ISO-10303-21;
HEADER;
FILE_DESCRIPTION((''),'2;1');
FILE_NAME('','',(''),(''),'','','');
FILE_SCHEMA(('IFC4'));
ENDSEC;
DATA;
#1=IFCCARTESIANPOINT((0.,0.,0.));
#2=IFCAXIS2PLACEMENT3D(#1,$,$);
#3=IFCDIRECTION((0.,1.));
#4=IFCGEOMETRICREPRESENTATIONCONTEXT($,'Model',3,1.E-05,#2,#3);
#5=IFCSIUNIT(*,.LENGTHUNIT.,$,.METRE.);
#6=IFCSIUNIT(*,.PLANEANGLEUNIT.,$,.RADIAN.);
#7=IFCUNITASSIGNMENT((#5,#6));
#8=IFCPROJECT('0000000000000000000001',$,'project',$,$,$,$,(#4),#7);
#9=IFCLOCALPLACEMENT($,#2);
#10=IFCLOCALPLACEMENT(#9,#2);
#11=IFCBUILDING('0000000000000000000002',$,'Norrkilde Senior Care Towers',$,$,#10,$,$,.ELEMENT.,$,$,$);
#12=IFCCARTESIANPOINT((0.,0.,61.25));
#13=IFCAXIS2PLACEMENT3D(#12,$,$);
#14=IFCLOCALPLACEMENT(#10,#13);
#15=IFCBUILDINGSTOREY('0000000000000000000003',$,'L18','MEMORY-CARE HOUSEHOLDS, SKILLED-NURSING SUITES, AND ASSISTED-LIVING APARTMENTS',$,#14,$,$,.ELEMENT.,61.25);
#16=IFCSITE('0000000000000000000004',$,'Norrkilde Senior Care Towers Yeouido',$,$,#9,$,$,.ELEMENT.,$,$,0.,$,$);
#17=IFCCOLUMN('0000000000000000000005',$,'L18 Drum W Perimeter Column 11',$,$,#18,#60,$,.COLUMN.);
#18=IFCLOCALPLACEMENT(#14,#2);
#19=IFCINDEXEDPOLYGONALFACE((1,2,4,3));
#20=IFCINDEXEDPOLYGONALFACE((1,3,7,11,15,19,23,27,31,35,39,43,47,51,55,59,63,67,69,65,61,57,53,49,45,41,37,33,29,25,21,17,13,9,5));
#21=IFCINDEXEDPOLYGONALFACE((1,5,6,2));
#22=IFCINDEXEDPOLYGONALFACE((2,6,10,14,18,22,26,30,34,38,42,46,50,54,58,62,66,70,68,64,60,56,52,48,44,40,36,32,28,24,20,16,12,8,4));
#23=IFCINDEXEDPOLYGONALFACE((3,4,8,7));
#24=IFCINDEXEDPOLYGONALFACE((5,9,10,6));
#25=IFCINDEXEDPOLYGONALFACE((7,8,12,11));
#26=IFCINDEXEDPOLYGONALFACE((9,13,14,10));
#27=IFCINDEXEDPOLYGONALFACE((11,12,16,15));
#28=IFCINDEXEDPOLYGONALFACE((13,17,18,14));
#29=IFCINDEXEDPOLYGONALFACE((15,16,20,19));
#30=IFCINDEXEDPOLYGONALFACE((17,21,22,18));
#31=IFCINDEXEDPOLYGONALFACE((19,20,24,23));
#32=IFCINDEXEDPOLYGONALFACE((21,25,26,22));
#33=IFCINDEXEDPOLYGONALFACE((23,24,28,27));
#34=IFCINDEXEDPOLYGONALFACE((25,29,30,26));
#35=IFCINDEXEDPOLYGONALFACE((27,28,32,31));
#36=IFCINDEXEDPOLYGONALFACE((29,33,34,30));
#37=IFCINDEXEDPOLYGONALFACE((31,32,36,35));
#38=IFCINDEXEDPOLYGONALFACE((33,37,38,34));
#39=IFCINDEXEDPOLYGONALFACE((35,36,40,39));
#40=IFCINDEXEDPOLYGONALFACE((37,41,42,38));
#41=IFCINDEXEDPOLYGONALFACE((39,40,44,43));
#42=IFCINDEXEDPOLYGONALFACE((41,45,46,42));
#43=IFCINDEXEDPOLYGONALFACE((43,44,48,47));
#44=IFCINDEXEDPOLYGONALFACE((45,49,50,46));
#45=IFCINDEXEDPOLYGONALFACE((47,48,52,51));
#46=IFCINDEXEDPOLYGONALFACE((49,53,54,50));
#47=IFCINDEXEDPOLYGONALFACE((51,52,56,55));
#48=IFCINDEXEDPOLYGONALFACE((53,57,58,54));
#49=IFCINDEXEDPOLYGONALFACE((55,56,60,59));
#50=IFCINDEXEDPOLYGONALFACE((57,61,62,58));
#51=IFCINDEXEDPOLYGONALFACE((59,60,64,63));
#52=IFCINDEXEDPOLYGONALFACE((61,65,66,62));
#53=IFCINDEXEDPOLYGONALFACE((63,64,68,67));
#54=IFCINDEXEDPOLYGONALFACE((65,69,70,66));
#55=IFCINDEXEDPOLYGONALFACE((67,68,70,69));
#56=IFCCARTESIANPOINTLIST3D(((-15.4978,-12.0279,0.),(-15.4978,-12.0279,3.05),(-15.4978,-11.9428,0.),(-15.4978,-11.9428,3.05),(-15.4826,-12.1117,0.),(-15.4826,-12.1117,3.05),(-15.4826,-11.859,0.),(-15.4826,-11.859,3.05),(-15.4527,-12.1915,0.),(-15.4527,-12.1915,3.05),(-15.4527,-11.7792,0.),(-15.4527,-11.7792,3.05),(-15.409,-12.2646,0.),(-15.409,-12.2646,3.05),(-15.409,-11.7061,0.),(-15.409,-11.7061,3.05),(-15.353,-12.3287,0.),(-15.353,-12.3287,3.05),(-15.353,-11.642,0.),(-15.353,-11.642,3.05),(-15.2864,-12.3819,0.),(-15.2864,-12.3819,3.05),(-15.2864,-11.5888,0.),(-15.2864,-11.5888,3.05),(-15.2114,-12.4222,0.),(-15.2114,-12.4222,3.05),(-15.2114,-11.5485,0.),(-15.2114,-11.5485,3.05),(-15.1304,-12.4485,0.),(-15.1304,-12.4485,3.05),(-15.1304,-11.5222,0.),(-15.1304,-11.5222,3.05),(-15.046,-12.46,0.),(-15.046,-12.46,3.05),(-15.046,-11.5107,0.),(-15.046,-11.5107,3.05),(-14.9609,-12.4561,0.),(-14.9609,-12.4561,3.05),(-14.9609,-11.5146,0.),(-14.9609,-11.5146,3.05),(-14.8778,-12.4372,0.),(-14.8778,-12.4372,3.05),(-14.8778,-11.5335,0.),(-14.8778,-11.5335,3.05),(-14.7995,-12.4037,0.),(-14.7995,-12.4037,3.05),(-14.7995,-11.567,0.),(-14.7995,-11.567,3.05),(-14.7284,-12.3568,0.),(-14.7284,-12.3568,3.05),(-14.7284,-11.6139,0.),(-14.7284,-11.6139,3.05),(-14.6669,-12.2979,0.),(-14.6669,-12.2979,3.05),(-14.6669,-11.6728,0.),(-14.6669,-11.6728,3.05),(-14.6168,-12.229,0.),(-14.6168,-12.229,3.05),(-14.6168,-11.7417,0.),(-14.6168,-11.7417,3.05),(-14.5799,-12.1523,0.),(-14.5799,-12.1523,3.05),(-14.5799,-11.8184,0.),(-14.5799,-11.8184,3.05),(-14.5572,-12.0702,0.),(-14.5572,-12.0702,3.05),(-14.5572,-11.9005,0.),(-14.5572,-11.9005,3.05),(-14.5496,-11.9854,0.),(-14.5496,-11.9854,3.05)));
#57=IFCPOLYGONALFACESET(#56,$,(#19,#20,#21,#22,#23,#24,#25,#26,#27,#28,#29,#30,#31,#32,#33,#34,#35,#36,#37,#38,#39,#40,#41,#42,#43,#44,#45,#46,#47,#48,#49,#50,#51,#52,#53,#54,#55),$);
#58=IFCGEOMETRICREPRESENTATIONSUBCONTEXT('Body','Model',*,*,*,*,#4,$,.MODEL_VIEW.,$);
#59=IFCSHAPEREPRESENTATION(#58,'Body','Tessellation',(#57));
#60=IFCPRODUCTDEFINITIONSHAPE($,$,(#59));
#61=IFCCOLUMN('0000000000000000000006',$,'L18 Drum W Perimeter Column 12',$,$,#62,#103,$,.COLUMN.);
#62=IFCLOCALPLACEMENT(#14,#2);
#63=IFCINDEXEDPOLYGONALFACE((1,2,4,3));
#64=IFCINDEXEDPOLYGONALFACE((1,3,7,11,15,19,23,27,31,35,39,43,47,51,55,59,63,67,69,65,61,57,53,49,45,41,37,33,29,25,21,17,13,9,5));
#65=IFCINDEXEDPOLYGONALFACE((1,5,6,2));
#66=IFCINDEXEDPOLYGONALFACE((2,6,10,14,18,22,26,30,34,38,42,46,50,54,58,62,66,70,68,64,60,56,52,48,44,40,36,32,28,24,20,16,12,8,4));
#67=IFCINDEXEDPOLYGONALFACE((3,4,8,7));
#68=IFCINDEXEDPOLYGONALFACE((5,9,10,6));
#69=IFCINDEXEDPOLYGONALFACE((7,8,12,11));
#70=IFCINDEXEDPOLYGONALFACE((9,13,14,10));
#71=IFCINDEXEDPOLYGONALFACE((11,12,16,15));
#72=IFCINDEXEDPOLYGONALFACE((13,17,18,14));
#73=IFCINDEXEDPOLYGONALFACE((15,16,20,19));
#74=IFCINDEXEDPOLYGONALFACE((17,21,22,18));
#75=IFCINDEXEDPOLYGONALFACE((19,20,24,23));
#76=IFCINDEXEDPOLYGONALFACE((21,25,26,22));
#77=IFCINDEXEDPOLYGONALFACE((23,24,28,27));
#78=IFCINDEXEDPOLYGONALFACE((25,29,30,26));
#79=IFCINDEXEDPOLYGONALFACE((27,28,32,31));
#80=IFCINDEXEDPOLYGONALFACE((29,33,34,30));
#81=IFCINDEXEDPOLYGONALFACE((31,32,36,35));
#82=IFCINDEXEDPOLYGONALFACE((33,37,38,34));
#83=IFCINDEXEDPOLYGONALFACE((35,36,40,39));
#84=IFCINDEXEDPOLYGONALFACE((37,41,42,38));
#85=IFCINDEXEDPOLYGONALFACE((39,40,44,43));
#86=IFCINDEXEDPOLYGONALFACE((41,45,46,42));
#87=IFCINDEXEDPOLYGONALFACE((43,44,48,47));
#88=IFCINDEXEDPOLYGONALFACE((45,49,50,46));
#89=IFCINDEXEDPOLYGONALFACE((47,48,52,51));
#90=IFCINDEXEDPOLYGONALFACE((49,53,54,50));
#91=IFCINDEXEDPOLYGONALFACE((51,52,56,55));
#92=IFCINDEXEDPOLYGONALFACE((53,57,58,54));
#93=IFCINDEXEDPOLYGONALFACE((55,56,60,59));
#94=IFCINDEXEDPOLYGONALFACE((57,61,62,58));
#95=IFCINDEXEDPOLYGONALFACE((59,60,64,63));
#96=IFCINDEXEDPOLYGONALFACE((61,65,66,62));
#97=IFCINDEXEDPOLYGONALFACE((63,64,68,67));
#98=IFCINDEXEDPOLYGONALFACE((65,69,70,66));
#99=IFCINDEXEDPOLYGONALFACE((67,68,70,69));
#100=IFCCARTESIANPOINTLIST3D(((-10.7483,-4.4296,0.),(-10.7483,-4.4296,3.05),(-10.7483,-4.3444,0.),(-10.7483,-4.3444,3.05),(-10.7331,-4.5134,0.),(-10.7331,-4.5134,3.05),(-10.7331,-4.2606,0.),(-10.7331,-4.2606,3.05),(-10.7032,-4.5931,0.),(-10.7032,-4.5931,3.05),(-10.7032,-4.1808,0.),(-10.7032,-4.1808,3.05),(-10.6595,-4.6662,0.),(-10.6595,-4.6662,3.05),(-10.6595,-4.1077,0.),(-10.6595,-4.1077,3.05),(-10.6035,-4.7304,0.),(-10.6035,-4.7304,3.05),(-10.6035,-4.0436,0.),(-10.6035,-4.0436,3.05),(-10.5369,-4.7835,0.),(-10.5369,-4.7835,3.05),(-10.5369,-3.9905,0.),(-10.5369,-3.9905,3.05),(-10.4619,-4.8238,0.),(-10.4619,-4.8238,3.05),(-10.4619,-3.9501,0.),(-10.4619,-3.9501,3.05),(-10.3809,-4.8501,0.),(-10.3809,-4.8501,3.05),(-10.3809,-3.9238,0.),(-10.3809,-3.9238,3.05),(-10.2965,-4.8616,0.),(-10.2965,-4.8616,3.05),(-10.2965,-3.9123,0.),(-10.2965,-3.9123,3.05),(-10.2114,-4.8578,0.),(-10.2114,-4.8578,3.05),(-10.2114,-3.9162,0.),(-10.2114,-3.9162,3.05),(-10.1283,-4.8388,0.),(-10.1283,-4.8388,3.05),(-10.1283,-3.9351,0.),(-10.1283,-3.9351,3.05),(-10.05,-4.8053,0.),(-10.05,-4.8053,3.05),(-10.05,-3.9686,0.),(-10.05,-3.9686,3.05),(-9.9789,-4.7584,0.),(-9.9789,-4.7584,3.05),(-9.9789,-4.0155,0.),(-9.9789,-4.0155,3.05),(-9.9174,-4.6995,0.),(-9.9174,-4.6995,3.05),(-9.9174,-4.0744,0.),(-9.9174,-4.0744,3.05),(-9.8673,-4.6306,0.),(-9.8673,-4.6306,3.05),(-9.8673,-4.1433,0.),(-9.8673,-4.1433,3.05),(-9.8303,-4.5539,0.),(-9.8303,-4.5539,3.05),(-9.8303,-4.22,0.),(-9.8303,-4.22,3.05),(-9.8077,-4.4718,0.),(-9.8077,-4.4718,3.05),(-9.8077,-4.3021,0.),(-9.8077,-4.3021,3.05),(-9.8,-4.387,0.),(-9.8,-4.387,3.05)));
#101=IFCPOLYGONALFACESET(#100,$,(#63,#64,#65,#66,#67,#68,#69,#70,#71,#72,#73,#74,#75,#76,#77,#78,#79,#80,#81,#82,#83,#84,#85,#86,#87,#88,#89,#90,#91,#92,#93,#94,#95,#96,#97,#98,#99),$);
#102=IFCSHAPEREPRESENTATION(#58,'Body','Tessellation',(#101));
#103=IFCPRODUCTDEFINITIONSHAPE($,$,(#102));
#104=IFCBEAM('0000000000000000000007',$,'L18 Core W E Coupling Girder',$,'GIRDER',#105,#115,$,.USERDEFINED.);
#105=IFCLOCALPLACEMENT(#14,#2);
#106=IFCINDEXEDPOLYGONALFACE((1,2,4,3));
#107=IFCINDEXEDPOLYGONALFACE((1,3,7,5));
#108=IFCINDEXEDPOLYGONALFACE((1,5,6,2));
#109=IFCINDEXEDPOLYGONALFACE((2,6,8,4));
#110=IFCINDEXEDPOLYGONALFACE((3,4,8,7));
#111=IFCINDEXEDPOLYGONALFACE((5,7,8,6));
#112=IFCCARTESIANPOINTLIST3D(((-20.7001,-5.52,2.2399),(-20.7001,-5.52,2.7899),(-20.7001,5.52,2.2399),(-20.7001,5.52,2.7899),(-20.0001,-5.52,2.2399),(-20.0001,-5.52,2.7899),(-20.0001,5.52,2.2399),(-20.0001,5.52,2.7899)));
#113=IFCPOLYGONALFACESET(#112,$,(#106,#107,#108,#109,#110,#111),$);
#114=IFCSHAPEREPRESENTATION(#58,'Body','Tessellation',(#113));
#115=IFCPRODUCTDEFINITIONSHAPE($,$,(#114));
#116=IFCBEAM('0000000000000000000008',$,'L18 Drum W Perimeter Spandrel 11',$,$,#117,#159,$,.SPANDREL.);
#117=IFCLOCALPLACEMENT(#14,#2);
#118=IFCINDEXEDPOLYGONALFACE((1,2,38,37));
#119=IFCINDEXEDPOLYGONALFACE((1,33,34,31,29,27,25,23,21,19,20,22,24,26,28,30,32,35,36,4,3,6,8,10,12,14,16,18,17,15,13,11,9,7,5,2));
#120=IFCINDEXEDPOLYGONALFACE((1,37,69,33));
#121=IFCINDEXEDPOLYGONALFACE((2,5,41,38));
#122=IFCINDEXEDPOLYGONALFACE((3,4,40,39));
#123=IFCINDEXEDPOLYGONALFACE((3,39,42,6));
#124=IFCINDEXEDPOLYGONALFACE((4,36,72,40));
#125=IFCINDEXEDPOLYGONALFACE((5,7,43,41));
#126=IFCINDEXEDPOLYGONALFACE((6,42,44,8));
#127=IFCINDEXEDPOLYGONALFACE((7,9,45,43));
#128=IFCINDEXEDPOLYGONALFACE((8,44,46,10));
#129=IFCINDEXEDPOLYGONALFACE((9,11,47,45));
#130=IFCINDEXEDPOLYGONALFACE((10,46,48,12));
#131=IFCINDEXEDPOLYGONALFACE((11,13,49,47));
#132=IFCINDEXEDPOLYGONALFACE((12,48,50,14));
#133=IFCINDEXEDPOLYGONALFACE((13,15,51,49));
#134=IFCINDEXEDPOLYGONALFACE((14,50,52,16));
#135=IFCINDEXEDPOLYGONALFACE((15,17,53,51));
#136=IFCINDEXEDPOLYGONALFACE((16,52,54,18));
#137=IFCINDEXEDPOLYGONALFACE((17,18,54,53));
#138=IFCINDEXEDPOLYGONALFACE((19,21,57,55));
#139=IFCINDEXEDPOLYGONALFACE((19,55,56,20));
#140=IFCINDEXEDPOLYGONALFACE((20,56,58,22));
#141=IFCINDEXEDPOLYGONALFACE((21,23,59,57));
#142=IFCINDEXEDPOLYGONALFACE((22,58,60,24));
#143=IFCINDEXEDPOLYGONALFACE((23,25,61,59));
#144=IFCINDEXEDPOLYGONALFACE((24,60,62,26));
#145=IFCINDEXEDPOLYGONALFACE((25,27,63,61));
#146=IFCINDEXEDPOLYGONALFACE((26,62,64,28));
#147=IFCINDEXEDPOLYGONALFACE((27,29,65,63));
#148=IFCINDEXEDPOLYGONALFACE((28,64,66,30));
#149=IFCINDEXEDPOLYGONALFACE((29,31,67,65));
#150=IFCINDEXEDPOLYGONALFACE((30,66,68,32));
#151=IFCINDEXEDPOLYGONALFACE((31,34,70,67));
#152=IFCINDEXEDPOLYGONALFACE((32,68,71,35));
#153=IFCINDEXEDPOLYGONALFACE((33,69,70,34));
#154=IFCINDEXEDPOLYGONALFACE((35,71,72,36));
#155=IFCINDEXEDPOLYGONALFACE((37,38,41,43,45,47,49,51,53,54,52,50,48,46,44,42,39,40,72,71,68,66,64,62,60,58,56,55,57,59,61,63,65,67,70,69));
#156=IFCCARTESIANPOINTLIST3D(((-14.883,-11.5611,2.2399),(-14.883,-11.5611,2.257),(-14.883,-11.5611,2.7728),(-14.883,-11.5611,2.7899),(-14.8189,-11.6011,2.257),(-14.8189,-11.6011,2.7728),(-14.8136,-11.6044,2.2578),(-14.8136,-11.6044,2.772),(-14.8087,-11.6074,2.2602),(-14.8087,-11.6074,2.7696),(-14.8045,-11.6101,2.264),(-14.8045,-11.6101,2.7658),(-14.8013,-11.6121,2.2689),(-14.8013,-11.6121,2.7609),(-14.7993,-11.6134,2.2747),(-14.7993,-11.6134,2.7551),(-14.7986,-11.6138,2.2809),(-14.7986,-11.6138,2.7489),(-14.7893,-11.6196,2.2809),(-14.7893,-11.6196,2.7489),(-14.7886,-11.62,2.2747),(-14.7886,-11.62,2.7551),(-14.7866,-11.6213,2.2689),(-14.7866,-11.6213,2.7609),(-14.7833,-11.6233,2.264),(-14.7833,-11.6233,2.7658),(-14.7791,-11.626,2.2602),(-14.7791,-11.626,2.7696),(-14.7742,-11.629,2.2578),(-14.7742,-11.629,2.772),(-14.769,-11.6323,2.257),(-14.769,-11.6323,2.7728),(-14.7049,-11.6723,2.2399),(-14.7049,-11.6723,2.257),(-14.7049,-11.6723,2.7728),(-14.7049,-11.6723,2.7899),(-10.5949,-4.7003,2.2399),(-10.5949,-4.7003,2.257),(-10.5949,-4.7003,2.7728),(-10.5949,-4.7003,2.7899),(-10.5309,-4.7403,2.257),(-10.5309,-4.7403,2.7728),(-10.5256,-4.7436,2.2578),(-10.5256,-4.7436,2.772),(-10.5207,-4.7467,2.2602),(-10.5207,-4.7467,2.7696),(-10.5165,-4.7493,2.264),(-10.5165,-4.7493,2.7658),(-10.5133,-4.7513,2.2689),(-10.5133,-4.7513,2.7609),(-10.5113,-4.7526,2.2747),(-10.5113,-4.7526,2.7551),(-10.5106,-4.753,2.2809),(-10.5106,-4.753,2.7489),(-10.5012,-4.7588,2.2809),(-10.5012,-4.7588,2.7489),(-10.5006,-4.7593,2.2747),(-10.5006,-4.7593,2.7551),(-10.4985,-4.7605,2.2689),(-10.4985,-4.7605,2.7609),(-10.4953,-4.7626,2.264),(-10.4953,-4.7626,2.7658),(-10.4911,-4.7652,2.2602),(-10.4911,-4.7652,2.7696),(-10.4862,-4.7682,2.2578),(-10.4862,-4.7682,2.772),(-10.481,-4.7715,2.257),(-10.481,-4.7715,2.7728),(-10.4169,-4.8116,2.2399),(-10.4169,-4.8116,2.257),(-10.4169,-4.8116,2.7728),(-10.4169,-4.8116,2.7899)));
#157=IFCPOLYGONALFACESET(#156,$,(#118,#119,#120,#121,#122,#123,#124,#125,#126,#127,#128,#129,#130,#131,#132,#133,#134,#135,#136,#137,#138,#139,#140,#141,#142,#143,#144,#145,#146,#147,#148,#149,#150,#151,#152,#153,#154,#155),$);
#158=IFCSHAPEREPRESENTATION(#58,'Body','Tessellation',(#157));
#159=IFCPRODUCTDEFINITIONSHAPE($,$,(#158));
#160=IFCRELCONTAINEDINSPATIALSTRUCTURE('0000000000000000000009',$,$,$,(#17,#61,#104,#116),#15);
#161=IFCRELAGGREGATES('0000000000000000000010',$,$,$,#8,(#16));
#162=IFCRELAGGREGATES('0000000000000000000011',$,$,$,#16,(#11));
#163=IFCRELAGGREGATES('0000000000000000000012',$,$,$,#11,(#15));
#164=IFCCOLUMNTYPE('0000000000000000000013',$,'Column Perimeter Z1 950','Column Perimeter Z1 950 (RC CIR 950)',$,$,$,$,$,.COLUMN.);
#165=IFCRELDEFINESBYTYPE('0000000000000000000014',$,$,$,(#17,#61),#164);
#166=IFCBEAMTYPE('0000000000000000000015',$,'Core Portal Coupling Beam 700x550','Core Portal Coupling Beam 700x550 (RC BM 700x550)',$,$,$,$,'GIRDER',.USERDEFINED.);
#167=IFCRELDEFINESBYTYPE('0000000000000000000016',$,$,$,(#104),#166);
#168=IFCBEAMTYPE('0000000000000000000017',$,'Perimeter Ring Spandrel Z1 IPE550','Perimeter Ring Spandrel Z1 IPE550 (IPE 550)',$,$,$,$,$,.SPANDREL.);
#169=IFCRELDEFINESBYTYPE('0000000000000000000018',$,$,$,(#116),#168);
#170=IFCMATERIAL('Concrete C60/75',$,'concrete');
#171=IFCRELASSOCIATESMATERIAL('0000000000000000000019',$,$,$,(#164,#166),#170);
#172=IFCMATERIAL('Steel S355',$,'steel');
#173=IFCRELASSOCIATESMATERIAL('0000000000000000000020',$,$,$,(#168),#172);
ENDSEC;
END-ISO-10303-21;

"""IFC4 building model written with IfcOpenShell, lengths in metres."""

from ifc_helpers import new_model, si_unit, direction, frame, origin, origin_2d, place, context, subcontext, project, spatial, rectangle, circle, i_section, extrude, source, transform, mapped, material, material_profile, profile_set, type_object, type_shapes, element, save


model = new_model("IFC4")

# Units and contexts
model_context = context("Model", 3, precision=1e-05, world=origin(), true_north=direction((0.0, 1.0)))
body_context = subcontext(model_context, "Body", "Model", "MODEL_VIEW")
ifc_project = project(units=[si_unit("LENGTHUNIT", "METRE"), si_unit("PLANEANGLEUNIT", "RADIAN")], contexts=[model_context])

# Site, building, storey
site_placement = place(None, origin())
site = spatial("IfcSite", under=ifc_project, at=site_placement, Name="Norrkilde Senior Care Towers Yeouido", CompositionType="ELEMENT", RefElevation=0.0)
building_placement = place(site_placement, origin())
building = spatial("IfcBuilding", under=site, at=building_placement, Name="Norrkilde Senior Care Towers", CompositionType="ELEMENT")
storey_placement = place(building_placement, frame((0.0, 0.0, 61.25)))
storey = spatial("IfcBuildingStorey", under=building, at=storey_placement, Name="L18", Description="MEMORY-CARE HOUSEHOLDS, SKILLED-NURSING SUITES, AND ASSISTED-LIVING APARTMENTS", CompositionType="ELEMENT", Elevation=61.25)

# Columns
ifc_material_1 = material(Name="Concrete C60/75", Category="concrete")
ifc_material_profile_1 = material_profile(ifc_material_1, circle(Radius=0.4751, at=origin_2d()), Name="RC CIR 950")
ifc_profile_set_1 = profile_set([ifc_material_profile_1], Name="Concrete C60/75")
column_type = type_object("IfcColumnType", Name="Column Perimeter Z1 950", Description="Column Perimeter Z1 950 (RC CIR 950)", PredefinedType="COLUMN", material=ifc_profile_set_1)
shared_shape_1 = source(origin(), body_context, "Body", "SweptSolid", [
    extrude(circle(Radius=0.4751, at=origin_2d()), origin(), (0.0, 0.0, 1.0), 3.05),
])
type_shapes(column_type, [shared_shape_1])
for number, where, z_axis, x_axis, name in (
    (1, (-15.0247, -11.9854, 0.0), (0.0, 0.0, 1.0), (1.0, 0.0, 0.0), "L18 Drum W Perimeter Column 11"),
    (2, (-10.2751, -4.387, 0.0), (0.0, 0.0, 1.0), (1.0, 0.0, 0.0), "L18 Drum W Perimeter Column 12"),
):
    element("IfcColumn", number, at=place(storey_placement, frame(where, z_axis=z_axis, x_axis=x_axis)), inside=storey, type_object=column_type, Name=name, PredefinedType="COLUMN", context=body_context, shape_type="MappedRepresentation", body=[
        mapped(shared_shape_1, transform((0.0, 0.0, 0.0), x_axis=(1.0, 0.0, 0.0), y_axis=(0.0, 1.0, 0.0), z_axis=(0.0, 0.0, 1.0), scale=1.0)),
    ])

# Beams
ifc_material_profile_2 = material_profile(ifc_material_1, rectangle(XDim=0.7, YDim=0.55, at=origin_2d()), Name="RC BM 700x550")
ifc_profile_set_2 = profile_set([ifc_material_profile_2], Name="Concrete C60/75")
beam_type_1 = type_object("IfcBeamType", Name="Core Portal Coupling Beam 700x550", Description="Core Portal Coupling Beam 700x550 (RC BM 700x550)", ElementType="GIRDER", PredefinedType="USERDEFINED", material=ifc_profile_set_2)
shared_shape_2 = source(origin(), body_context, "Body", "SweptSolid", [
    extrude(rectangle(XDim=0.7, YDim=0.55, at=origin_2d()), origin(), (0.0, 0.0, 1.0), 11.04),
])
type_shapes(beam_type_1, [shared_shape_2])
beam_1_placement = place(storey_placement, frame((-20.3501, -5.52, 2.5149), z_axis=(0.0, 1.0, 0.0), x_axis=(-1.0, 0.0, 0.0)))
element("IfcBeam", 3, at=beam_1_placement, inside=storey, type_object=beam_type_1, Name="L18 Core W E Coupling Girder", ObjectType="GIRDER", PredefinedType="USERDEFINED", context=body_context, shape_type="MappedRepresentation", body=[
    mapped(shared_shape_2, transform((0.0, 0.0, 0.0), x_axis=(1.0, 0.0, 0.0), y_axis=(0.0, 1.0, 0.0), z_axis=(0.0, 0.0, 1.0), scale=1.0)),
])
ifc_material_2 = material(Name="Steel S355", Category="steel")
ifc_material_profile_3 = material_profile(ifc_material_2, i_section(OverallWidth=0.21, OverallDepth=0.55, WebThickness=0.011, FlangeThickness=0.0171, FilletRadius=0.0239, at=origin_2d()), Name="IPE 550")
ifc_profile_set_3 = profile_set([ifc_material_profile_3], Name="Steel S355")
beam_type_2 = type_object("IfcBeamType", Name="Perimeter Ring Spandrel Z1 IPE550", Description="Perimeter Ring Spandrel Z1 IPE550 (IPE 550)", PredefinedType="SPANDREL", material=ifc_profile_set_3)
shared_shape_3 = source(origin(), body_context, "Body", "SweptSolid", [
    extrude(i_section(OverallWidth=0.21, OverallDepth=0.55, WebThickness=0.011, FlangeThickness=0.0171, FilletRadius=0.0239, at=origin_2d()), origin(), (0.0, 0.0, 1.0), 8.0906),
])
beam_2_placement = place(storey_placement, frame((-14.7939, -11.6167, 2.5149), z_axis=(0.530004, 0.847995, 0.0), x_axis=(-0.847995, 0.530004, 0.0)))
element("IfcBeam", 4, at=beam_2_placement, inside=storey, type_object=beam_type_2, Name="L18 Drum W Perimeter Spandrel 11", PredefinedType="SPANDREL", context=body_context, shape_type="MappedRepresentation", body=[
    mapped(shared_shape_3, transform((0.0, 0.0, 0.0), x_axis=(1.0, 0.0, 0.0), y_axis=(0.0, 1.0, 0.0), z_axis=(0.0, 0.0, 1.0), scale=1.0)),
])

save(model, "model.ifc")
